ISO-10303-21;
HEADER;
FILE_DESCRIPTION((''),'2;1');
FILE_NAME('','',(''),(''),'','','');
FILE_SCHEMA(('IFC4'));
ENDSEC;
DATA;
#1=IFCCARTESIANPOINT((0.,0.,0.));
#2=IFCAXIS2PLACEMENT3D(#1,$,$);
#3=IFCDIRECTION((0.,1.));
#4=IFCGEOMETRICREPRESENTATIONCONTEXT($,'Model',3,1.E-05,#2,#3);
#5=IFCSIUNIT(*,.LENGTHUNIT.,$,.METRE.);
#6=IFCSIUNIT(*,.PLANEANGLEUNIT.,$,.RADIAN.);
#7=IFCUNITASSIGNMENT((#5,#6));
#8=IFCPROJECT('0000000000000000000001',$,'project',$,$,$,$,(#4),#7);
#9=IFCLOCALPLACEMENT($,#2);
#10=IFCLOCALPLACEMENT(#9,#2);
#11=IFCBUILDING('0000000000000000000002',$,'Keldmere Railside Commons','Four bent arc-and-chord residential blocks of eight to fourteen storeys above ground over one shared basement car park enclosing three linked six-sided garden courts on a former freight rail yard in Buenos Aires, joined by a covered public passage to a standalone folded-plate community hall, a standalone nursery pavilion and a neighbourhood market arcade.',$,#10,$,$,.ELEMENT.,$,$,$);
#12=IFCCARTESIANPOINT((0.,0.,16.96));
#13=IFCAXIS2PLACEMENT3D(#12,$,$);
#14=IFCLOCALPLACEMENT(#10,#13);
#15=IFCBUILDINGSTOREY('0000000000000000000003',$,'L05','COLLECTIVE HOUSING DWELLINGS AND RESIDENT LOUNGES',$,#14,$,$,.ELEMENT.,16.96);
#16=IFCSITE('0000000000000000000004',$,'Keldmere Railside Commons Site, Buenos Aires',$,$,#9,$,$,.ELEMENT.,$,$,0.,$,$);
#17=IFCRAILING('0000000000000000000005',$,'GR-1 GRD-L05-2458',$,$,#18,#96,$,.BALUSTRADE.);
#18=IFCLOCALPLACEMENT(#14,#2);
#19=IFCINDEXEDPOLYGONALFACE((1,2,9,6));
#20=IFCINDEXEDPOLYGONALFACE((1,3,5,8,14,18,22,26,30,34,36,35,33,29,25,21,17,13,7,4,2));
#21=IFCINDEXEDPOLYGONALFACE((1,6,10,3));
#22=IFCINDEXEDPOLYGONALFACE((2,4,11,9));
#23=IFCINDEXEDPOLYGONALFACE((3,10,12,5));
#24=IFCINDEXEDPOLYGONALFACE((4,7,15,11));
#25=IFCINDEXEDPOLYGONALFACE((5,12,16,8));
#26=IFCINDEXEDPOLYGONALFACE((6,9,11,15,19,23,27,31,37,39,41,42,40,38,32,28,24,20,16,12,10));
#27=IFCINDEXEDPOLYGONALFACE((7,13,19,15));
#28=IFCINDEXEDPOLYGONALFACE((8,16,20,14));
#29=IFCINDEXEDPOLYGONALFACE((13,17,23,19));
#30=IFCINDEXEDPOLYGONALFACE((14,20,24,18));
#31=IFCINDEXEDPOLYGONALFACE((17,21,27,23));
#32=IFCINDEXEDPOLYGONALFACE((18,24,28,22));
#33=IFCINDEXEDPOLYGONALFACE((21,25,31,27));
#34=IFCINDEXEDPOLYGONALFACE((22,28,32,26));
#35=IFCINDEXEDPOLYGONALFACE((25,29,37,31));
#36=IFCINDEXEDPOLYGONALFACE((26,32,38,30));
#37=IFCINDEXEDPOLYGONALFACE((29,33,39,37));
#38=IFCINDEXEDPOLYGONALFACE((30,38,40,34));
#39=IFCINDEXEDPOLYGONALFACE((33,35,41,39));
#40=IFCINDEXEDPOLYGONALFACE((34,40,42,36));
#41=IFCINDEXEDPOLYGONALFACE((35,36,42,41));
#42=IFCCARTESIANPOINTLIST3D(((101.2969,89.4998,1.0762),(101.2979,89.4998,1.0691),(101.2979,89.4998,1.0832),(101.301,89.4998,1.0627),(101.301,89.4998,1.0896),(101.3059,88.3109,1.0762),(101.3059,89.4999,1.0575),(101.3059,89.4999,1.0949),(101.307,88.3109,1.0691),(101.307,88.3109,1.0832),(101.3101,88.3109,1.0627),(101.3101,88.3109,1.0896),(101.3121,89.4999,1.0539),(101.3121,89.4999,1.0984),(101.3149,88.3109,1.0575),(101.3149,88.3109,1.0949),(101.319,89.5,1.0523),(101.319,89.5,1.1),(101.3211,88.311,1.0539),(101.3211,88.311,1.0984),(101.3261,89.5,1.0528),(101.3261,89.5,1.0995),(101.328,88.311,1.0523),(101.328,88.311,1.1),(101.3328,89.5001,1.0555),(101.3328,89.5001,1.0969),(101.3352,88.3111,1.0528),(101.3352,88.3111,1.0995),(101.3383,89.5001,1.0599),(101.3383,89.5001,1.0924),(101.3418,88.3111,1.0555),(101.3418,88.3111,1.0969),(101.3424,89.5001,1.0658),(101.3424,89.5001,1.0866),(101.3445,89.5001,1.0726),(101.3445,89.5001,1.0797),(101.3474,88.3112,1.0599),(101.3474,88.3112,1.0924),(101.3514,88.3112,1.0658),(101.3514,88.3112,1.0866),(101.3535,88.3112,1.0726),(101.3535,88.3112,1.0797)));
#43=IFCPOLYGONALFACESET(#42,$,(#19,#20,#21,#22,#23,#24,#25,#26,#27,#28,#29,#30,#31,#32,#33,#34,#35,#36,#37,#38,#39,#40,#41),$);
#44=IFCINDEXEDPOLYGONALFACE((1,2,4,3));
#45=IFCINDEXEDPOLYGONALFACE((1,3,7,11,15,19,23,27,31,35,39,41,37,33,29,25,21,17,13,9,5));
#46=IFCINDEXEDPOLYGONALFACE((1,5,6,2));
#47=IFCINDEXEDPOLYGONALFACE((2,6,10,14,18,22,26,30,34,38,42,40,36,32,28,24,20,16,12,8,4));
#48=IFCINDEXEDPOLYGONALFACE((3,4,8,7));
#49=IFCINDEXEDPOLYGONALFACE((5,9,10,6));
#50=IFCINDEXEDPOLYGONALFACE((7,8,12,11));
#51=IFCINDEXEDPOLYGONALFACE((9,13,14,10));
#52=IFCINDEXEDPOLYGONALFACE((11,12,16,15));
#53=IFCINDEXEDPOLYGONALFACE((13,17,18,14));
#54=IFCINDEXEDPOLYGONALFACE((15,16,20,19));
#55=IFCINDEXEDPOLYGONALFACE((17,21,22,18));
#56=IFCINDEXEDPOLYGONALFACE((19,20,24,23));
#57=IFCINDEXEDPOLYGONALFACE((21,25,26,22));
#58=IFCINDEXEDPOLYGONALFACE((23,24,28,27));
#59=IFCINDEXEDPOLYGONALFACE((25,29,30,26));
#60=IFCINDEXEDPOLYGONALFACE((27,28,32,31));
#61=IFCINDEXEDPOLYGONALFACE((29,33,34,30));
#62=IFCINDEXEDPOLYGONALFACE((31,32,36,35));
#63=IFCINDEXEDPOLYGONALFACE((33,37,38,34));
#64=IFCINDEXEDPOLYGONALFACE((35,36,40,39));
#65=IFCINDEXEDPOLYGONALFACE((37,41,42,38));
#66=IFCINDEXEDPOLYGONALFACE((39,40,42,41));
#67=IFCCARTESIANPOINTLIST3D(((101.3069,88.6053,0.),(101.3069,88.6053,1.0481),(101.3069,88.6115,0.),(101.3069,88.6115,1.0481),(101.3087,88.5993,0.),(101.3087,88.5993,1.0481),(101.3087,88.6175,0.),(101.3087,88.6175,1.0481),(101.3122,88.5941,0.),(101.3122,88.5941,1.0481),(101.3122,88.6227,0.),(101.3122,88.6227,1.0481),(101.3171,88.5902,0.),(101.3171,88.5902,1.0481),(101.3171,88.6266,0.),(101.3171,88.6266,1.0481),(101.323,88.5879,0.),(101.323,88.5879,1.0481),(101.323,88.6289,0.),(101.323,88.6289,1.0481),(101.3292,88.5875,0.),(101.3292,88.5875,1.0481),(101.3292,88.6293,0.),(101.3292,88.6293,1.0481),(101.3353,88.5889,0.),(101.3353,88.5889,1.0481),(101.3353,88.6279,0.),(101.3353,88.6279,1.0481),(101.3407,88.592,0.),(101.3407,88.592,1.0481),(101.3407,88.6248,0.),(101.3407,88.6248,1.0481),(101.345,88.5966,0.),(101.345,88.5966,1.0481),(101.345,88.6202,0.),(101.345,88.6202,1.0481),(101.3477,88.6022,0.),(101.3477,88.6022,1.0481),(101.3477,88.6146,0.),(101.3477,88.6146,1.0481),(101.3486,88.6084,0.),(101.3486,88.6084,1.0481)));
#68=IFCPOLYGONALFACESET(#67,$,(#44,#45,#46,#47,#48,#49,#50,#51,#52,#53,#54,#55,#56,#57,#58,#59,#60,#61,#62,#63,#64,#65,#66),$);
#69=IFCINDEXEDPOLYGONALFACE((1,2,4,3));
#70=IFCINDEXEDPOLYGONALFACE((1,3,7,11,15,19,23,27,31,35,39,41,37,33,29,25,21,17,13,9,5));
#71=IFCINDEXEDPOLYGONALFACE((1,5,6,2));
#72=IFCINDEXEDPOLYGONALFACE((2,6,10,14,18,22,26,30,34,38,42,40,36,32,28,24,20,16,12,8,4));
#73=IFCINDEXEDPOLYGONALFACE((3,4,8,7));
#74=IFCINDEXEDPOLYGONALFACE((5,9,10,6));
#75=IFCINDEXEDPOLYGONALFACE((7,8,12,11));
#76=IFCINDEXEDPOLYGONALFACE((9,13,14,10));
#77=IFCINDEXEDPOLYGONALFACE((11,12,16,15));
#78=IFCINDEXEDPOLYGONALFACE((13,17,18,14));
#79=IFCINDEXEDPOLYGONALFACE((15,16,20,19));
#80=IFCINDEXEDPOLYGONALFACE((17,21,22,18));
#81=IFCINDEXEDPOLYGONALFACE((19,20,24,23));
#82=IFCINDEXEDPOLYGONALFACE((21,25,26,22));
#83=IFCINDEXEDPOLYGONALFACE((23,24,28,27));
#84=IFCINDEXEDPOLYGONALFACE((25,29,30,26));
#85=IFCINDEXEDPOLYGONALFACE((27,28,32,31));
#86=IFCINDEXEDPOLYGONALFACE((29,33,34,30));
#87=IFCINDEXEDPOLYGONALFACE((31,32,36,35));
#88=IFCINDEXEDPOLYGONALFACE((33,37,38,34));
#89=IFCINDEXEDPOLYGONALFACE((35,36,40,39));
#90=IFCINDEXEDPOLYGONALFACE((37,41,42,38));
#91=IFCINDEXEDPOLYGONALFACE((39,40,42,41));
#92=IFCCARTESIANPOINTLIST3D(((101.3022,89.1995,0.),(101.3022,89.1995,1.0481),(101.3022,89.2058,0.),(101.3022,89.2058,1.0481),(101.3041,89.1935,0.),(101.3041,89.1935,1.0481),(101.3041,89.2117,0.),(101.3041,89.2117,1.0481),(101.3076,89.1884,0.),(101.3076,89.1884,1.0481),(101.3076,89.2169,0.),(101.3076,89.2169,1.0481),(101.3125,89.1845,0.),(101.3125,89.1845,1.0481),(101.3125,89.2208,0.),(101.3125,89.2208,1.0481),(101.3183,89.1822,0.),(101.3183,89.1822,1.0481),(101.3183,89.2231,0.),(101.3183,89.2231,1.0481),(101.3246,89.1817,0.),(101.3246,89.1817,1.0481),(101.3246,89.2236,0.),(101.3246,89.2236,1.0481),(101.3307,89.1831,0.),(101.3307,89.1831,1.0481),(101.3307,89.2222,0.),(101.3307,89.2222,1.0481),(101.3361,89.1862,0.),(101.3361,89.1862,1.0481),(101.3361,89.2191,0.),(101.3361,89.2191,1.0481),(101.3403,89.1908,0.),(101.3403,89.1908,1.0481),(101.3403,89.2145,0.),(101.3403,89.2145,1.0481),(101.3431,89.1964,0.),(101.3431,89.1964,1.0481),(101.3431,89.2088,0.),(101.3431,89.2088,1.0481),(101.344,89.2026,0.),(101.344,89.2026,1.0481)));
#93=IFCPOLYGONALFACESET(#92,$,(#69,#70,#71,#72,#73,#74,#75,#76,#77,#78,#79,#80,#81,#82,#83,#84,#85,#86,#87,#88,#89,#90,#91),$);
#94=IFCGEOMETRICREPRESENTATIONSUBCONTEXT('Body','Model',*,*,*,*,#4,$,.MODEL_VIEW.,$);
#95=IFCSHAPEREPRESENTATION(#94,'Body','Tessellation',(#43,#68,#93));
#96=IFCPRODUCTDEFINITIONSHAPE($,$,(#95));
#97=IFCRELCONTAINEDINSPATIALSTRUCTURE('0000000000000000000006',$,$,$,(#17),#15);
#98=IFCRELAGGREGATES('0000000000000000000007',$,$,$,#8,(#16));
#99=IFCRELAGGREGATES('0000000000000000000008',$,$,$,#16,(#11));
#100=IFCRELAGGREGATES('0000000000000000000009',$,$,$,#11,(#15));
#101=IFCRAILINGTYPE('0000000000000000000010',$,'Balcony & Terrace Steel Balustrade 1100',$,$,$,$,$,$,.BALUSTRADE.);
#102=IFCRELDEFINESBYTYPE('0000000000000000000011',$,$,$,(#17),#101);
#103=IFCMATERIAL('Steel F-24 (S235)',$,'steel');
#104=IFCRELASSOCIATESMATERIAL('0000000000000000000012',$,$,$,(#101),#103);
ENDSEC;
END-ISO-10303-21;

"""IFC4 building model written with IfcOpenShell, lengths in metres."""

from ifc_helpers import new_model, si_unit, direction, frame, origin, origin_2d, place, context, subcontext, project, spatial, circle, extrude, material, type_object, element, save


model = new_model("IFC4")

# Units and contexts
model_context = context("Model", 3, precision=1e-05, world=origin(), true_north=direction((0.0, 1.0)))
body_context = subcontext(model_context, "Body", "Model", "MODEL_VIEW")
ifc_project = project(units=[si_unit("LENGTHUNIT", "METRE"), si_unit("PLANEANGLEUNIT", "RADIAN")], contexts=[model_context])

# Site, building, storey
site_placement = place(None, origin())
site = spatial("IfcSite", under=ifc_project, at=site_placement, Name="Keldmere Railside Commons Site, Buenos Aires", CompositionType="ELEMENT", RefElevation=0.0)
building_placement = place(site_placement, origin())
building = spatial("IfcBuilding", under=site, at=building_placement, Name="Keldmere Railside Commons", Description="Four bent arc-and-chord residential blocks of eight to fourteen storeys above ground over one shared basement car park enclosing three linked six-sided garden courts on a former freight rail yard in Buenos Aires, joined by a covered public passage to a standalone folded-plate community hall, a standalone nursery pavilion and a neighbourhood market arcade.", CompositionType="ELEMENT")
storey_placement = place(building_placement, frame((0.0, 0.0, 16.96)))
storey = spatial("IfcBuildingStorey", under=building, at=storey_placement, Name="L05", Description="COLLECTIVE HOUSING DWELLINGS AND RESIDENT LOUNGES", CompositionType="ELEMENT", Elevation=16.96)

# Shared definitions
ifc_material_1 = material(Name="Steel F-24 (S235)", Category="steel")

# Railing
railing_type = type_object("IfcRailingType", Name="Balcony & Terrace Steel Balustrade 1100", PredefinedType="BALUSTRADE", material=ifc_material_1)
railing_1_placement = place(storey_placement, frame((101.3298, 88.311, 0.0)))
element("IfcRailing", 1, at=railing_1_placement, inside=storey, type_object=railing_type, Name="GR-1 GRD-L05-2458", PredefinedType="BALUSTRADE", context=body_context, shape_type="SweptSolid", body=[
    extrude(circle(Radius=0.0239, at=origin_2d()), frame((0.0, 0.0, 1.0762), z_axis=(-0.007597, 0.999971, 0.0), x_axis=(-0.999971, -0.007597, 0.0)), (0.0, 0.0, 1.0), 1.189),
    extrude(circle(Radius=0.021, at=origin_2d()), frame((-0.0022, 0.2974, 0.0)), (0.0, 0.0, 1.0), 1.0481),
    extrude(circle(Radius=0.021, at=origin_2d()), frame((-0.0068, 0.8916, 0.0)), (0.0, 0.0, 1.0), 1.0481),
])

save(model, "model.ifc")
